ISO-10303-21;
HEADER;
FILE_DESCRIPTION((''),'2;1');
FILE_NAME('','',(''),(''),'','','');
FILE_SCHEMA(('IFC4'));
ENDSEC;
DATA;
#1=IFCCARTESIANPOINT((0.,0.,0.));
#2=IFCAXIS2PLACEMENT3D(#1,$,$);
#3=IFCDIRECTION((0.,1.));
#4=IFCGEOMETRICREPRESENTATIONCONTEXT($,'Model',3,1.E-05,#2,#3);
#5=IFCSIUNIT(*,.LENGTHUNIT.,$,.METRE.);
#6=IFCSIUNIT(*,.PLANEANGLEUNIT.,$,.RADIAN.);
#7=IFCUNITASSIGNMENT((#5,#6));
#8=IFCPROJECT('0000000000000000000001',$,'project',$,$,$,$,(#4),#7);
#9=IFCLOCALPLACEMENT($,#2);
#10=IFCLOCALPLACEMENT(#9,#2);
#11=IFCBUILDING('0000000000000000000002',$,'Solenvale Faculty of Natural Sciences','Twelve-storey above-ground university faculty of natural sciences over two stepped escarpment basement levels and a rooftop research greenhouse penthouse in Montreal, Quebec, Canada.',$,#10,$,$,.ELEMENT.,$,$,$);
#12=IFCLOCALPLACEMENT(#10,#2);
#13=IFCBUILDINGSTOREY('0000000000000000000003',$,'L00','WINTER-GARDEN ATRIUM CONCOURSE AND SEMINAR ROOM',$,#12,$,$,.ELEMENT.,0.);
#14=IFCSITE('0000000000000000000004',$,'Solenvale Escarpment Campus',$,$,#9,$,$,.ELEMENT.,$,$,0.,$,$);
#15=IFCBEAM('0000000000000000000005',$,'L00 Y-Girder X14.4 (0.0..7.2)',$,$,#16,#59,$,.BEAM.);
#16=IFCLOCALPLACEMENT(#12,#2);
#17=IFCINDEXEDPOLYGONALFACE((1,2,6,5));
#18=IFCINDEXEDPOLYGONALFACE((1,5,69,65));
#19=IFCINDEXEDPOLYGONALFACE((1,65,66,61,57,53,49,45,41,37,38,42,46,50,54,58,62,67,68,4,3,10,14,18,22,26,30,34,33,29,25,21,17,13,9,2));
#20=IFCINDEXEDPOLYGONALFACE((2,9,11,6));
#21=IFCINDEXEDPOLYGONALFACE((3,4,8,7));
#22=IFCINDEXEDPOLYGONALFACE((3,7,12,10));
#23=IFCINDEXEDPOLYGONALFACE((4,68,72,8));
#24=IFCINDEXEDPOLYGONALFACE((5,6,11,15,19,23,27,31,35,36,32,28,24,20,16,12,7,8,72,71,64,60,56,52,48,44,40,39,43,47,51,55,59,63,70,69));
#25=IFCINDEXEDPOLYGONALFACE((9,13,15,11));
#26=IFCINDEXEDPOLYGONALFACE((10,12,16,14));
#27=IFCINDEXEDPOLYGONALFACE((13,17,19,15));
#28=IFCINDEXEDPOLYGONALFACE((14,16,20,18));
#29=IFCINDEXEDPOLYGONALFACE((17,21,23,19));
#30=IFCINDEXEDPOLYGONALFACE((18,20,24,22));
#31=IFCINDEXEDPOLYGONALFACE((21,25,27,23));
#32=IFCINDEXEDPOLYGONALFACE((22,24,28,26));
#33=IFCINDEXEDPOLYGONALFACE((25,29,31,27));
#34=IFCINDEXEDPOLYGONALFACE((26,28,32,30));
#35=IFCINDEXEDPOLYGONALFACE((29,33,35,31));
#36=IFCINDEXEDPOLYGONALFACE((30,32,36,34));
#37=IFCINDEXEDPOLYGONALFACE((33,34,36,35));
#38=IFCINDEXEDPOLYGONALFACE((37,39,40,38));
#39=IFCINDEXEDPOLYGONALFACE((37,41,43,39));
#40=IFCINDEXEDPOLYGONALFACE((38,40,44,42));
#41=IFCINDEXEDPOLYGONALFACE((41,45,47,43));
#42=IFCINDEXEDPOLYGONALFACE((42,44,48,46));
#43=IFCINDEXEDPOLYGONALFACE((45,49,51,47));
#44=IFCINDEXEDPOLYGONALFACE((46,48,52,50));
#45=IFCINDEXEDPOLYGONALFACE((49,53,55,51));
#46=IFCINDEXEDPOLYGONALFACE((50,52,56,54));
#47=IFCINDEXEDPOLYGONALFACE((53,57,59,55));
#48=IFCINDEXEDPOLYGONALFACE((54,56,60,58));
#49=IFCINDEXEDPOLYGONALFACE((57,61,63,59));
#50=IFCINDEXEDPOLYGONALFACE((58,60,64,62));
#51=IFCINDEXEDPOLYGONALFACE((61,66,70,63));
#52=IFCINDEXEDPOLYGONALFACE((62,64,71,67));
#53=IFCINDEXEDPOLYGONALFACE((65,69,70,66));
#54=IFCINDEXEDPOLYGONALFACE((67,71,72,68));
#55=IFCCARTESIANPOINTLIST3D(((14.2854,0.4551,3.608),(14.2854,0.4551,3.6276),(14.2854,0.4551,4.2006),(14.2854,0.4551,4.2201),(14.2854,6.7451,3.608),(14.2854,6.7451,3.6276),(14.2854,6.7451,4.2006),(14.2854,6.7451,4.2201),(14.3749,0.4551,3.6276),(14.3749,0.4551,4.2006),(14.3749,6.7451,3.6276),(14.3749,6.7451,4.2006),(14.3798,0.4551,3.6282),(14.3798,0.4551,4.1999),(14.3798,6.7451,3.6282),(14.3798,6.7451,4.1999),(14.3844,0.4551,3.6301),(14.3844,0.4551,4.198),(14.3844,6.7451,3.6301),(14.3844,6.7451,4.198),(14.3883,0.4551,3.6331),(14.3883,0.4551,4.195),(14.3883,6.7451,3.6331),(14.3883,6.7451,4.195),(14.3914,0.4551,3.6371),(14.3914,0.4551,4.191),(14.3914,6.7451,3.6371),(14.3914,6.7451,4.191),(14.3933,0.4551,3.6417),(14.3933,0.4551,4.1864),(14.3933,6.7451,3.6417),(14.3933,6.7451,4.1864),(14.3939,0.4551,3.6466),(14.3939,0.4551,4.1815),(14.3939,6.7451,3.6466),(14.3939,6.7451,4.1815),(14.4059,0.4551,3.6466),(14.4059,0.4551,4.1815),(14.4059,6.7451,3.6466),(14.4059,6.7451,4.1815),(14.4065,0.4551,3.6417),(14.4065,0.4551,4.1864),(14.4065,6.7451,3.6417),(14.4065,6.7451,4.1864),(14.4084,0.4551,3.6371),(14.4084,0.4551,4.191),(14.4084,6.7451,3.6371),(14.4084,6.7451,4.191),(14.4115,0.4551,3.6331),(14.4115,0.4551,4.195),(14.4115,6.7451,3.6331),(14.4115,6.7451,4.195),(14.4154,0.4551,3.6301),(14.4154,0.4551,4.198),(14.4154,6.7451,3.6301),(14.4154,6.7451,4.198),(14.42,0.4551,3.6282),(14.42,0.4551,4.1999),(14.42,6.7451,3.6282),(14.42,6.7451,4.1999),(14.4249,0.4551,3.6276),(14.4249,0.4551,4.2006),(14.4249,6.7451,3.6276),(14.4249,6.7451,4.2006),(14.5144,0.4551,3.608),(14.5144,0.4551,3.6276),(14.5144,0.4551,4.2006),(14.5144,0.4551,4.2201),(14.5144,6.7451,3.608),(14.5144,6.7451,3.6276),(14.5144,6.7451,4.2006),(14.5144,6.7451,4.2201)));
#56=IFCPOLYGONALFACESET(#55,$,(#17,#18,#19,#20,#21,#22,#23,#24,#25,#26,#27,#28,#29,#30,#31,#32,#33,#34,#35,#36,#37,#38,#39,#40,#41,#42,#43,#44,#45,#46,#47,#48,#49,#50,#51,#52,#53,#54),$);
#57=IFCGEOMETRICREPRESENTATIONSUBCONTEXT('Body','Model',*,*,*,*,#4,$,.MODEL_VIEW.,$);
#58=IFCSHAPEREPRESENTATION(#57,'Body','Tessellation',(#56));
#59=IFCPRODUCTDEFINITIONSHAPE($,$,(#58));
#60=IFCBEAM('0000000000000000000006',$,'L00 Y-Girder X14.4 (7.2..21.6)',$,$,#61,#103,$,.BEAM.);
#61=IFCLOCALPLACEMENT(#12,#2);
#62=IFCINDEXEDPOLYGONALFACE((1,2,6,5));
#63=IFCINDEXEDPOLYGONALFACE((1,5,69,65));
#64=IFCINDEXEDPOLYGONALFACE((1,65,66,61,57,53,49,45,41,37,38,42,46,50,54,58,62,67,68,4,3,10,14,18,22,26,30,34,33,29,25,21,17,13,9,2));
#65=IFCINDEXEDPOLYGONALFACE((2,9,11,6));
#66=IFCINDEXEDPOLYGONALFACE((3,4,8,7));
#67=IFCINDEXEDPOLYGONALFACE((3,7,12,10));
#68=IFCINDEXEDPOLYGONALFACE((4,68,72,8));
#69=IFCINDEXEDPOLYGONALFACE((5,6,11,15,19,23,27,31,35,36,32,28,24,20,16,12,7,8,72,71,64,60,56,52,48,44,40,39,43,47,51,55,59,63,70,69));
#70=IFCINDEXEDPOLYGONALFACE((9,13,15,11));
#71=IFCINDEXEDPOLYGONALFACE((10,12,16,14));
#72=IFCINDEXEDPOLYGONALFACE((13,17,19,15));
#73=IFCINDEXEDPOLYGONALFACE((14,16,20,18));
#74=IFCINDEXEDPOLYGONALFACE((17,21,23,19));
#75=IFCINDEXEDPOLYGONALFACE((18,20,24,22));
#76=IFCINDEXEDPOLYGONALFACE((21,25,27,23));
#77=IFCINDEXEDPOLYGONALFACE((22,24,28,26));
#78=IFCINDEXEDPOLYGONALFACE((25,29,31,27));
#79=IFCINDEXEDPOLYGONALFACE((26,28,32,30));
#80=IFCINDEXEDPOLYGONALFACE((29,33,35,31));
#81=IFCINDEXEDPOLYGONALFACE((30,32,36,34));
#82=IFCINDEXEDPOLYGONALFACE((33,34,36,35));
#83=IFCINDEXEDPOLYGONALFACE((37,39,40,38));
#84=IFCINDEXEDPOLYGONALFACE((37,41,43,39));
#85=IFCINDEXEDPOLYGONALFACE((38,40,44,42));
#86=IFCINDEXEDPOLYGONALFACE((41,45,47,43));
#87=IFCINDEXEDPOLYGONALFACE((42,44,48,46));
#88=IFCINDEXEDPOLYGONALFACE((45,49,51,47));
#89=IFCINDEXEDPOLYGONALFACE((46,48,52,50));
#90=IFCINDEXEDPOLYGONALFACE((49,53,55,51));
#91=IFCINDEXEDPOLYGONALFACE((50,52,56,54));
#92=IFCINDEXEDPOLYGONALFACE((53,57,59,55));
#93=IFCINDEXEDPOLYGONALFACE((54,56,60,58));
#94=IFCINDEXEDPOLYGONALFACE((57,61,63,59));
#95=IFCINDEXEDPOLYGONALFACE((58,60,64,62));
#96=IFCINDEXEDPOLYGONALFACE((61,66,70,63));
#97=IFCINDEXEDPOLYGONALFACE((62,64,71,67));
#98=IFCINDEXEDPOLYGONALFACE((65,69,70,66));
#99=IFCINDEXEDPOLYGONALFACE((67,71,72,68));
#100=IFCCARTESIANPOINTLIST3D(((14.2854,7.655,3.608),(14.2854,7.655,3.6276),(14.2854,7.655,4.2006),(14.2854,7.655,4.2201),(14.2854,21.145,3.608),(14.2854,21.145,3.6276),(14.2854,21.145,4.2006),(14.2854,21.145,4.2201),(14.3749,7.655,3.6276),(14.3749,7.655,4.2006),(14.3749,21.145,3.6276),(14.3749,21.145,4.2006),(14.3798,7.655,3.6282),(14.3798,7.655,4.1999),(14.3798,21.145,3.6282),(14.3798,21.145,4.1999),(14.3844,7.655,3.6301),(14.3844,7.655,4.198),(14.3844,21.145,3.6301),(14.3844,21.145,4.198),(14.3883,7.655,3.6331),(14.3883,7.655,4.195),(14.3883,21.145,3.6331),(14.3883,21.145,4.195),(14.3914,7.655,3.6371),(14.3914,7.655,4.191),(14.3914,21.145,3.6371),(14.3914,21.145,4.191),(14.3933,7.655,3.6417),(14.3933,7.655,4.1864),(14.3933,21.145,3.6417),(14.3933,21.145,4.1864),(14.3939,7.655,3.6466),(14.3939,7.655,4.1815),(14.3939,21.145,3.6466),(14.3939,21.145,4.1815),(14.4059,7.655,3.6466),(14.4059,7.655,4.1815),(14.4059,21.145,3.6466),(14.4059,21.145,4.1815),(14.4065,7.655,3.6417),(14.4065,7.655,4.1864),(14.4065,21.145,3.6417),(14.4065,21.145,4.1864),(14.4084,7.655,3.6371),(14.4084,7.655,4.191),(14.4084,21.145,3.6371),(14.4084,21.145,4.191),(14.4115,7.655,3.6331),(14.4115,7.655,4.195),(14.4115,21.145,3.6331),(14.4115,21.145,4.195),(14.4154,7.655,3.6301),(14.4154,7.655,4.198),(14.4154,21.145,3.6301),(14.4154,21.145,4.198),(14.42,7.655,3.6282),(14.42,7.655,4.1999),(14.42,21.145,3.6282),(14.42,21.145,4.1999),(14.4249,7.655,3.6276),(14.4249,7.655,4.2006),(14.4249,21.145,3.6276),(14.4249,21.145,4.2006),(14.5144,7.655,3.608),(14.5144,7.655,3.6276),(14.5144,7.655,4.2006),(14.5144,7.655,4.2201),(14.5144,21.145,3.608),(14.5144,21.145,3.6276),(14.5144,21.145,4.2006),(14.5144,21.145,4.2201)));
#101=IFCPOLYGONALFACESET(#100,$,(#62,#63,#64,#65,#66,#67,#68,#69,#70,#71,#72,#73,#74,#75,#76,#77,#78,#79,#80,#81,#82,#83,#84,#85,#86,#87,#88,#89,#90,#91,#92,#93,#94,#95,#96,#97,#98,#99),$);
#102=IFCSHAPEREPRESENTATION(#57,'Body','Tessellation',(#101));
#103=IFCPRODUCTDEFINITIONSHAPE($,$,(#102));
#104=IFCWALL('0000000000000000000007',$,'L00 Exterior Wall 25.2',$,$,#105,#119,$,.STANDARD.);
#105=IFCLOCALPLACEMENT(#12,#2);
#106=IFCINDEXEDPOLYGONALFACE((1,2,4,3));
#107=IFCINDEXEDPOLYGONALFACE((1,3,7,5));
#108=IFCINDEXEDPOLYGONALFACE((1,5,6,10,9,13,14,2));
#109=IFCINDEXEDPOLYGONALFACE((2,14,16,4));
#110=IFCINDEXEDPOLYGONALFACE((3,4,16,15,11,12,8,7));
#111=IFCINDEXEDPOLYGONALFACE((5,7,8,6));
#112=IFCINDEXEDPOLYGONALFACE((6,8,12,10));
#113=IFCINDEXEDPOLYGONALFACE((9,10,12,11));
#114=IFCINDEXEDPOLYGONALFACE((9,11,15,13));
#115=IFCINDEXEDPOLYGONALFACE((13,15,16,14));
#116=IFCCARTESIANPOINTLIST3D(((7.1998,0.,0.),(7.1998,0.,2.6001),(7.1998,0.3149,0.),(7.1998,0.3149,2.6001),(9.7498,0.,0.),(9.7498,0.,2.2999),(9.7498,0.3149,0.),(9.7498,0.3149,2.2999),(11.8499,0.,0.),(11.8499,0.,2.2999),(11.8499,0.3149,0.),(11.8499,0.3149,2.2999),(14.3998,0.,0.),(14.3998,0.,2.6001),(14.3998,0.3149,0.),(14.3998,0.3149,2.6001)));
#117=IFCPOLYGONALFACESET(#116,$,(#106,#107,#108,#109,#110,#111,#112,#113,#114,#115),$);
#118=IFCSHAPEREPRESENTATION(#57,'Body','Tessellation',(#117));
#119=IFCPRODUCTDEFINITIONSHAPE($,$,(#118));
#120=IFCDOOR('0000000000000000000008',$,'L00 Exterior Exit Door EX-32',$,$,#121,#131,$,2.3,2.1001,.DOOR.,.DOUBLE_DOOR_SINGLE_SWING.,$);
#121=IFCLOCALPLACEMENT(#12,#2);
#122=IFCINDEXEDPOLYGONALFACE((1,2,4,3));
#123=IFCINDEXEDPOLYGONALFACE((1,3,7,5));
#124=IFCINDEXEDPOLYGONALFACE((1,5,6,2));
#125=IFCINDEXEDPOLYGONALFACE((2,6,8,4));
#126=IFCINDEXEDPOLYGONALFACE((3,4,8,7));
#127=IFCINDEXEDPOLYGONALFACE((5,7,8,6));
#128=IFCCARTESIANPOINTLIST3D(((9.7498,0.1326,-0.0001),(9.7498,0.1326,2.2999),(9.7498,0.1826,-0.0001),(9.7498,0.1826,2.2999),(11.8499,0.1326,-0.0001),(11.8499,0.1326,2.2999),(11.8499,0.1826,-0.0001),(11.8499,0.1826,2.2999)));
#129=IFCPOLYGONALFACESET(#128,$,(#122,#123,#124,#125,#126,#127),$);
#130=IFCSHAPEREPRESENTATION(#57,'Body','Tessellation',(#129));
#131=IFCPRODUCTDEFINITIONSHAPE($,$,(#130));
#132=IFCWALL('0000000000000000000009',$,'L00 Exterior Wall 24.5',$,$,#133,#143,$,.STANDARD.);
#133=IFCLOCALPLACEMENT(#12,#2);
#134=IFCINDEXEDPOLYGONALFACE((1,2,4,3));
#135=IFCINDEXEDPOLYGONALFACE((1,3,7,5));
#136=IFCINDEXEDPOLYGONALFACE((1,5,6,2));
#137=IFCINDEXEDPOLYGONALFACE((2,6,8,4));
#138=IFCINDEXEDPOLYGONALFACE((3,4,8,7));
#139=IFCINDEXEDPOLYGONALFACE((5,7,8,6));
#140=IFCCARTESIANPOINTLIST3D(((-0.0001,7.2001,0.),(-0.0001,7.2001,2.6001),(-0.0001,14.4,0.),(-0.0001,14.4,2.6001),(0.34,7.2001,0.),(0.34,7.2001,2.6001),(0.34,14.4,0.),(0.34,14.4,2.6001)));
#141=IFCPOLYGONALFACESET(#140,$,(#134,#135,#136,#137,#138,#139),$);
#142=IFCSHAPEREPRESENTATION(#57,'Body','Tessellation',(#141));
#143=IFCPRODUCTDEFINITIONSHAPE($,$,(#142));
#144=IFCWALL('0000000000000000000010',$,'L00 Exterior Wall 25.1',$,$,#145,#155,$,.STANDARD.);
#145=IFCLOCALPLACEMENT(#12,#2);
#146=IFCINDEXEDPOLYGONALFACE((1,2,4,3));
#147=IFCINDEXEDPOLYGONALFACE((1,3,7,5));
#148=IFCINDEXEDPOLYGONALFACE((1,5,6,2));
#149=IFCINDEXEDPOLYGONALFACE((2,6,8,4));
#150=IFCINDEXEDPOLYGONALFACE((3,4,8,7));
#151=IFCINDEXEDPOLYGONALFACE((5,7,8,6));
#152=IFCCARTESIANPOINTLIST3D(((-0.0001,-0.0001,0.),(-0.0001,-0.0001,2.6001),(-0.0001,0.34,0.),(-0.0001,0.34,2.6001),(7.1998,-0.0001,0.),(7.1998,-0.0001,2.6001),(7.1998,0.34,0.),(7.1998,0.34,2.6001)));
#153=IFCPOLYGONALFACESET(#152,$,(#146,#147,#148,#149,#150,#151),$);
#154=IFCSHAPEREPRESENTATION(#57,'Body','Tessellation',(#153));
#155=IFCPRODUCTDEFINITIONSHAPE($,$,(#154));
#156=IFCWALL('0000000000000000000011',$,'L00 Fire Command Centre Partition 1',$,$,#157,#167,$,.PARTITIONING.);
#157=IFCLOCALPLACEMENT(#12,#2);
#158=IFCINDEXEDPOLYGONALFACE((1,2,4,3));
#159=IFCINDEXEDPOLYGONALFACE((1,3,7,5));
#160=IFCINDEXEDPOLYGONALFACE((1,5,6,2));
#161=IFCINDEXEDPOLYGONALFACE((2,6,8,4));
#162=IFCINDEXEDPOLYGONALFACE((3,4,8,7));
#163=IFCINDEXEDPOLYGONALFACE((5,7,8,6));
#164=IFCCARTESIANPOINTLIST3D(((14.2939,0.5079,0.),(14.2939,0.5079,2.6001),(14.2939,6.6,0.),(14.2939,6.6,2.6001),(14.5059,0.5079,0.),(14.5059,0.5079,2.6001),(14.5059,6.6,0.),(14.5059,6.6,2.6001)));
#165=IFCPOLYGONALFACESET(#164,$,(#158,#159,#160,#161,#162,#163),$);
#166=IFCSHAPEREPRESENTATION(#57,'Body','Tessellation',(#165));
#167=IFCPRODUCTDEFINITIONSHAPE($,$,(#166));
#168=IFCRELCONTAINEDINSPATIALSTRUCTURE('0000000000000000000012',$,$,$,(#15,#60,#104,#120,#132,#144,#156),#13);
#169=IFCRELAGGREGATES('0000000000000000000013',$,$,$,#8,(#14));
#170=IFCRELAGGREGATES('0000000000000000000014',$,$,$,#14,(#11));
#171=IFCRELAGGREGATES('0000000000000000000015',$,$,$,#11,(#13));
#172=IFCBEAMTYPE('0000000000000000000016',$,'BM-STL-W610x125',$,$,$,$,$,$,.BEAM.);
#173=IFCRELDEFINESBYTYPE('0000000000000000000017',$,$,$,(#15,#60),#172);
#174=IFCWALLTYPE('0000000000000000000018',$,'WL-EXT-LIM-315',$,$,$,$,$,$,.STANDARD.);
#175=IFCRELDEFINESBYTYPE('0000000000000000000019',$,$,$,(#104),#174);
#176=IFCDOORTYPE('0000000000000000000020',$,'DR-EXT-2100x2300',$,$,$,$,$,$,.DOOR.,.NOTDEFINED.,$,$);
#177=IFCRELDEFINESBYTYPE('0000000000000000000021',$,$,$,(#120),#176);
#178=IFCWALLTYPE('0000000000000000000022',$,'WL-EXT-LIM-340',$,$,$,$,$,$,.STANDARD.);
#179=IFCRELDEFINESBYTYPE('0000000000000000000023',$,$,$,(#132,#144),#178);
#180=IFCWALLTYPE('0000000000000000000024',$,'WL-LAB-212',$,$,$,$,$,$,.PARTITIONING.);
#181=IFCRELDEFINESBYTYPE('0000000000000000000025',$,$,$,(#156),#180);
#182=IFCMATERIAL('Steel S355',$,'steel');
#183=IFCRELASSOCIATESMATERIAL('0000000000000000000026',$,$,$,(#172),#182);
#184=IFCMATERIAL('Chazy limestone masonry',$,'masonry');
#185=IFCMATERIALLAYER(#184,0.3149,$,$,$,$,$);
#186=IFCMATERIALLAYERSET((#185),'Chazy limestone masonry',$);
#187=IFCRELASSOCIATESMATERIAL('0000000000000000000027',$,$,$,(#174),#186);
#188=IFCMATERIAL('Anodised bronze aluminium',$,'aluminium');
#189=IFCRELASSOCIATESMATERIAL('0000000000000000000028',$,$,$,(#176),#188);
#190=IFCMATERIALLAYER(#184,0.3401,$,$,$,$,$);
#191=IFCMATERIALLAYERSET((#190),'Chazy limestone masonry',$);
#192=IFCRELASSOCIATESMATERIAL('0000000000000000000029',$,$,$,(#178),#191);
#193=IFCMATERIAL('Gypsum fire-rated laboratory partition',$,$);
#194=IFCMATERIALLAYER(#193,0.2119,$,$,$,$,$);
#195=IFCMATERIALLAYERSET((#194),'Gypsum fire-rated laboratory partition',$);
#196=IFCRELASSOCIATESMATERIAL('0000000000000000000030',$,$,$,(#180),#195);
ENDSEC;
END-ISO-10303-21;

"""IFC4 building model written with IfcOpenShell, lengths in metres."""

from ifc_helpers import new_model, si_unit, direction, frame, frame_2d, origin, origin_2d, place, context, subcontext, project, spatial, rectangle, i_section, extrude, material, layer, layer_set, material_profile, profile_set, type_object, element, fill, save


model = new_model("IFC4")

# Units and contexts
model_context = context("Model", 3, precision=1e-05, world=origin(), true_north=direction((0.0, 1.0)))
body_context = subcontext(model_context, "Body", "Model", "MODEL_VIEW")
ifc_project = project(units=[si_unit("LENGTHUNIT", "METRE"), si_unit("PLANEANGLEUNIT", "RADIAN")], contexts=[model_context])

# Site, building, storey
site_placement = place(None, origin())
site = spatial("IfcSite", under=ifc_project, at=site_placement, Name="Solenvale Escarpment Campus", CompositionType="ELEMENT", RefElevation=0.0)
building_placement = place(site_placement, origin())
building = spatial("IfcBuilding", under=site, at=building_placement, Name="Solenvale Faculty of Natural Sciences", Description="Twelve-storey above-ground university faculty of natural sciences over two stepped escarpment basement levels and a rooftop research greenhouse penthouse in Montreal, Quebec, Canada.", CompositionType="ELEMENT")
storey_placement = place(building_placement, origin())
storey = spatial("IfcBuildingStorey", under=building, at=storey_placement, Name="L00", Description="WINTER-GARDEN ATRIUM CONCOURSE AND SEMINAR ROOM", CompositionType="ELEMENT", Elevation=0.0)

# Beams
ifc_material_1 = material(Name="Steel S355", Category="steel")
ifc_material_profile_1 = material_profile(ifc_material_1, i_section(OverallWidth=0.229, OverallDepth=0.6121, WebThickness=0.012, FlangeThickness=0.0195, FilletRadius=0.019, at=origin_2d()), Name="W610x125")
ifc_profile_set_1 = profile_set([ifc_material_profile_1], Name="Steel S355")
beam_type_1 = type_object("IfcBeamType", Name="BM-STL-W610x125", PredefinedType="BEAM", material=ifc_profile_set_1)
beam_1_placement = place(storey_placement, frame((14.3999, 0.4551, 3.9141), z_axis=(0.0, 1.0, 0.0), x_axis=(-1.0, 0.0, 0.0)))
element("IfcBeam", 1, at=beam_1_placement, inside=storey, type_object=beam_type_1, Name="L00 Y-Girder X14.4 (0.0..7.2)", PredefinedType="BEAM", context=body_context, shape_type="SweptSolid", body=[
    extrude(i_section(OverallWidth=0.229, OverallDepth=0.6121, WebThickness=0.012, FlangeThickness=0.0195, FilletRadius=0.019, at=origin_2d()), origin(), (0.0, 0.0, 1.0), 6.29),
])
beam_2_placement = place(storey_placement, frame((14.3999, 7.655, 3.9141), z_axis=(0.0, 1.0, 0.0), x_axis=(-1.0, 0.0, 0.0)))
element("IfcBeam", 2, at=beam_2_placement, inside=storey, type_object=beam_type_1, Name="L00 Y-Girder X14.4 (7.2..21.6)", PredefinedType="BEAM", context=body_context, shape_type="SweptSolid", body=[
    extrude(i_section(OverallWidth=0.229, OverallDepth=0.6121, WebThickness=0.012, FlangeThickness=0.0195, FilletRadius=0.019, at=origin_2d()), origin(), (0.0, 0.0, 1.0), 13.49),
])

# Wall, opening, door
ifc_material_2 = material(Name="Chazy limestone masonry", Category="masonry")
ifc_layer_1 = layer(ifc_material_2, 0.3149)
ifc_layer_set_1 = layer_set([ifc_layer_1], Name="Chazy limestone masonry")
wall_type_1 = type_object("IfcWallType", Name="WL-EXT-LIM-315", PredefinedType="STANDARD", material=ifc_layer_set_1)
wall_1_placement = place(storey_placement, frame((14.3999, 0.1575, 0.0), z_axis=(0.0, 0.0, 1.0), x_axis=(-1.0, 0.0, 0.0)))
wall_1 = element("IfcWall", 3, at=wall_1_placement, inside=storey, type_object=wall_type_1, Name="L00 Exterior Wall 25.2", PredefinedType="STANDARD", context=body_context, shape_type="SweptSolid", body=[
    extrude(rectangle(XDim=7.2, YDim=0.3149, at=frame_2d((3.6001, 0.0))), origin(), (0.0, 0.0, 1.0), 2.6001),
])
opening_placement = place(wall_1_placement, frame((2.55, 0.0, 0.0)))
opening = element("IfcOpeningElement", 4, at=opening_placement, cuts=wall_1, PredefinedType="OPENING", context=body_context, shape_type="SweptSolid", body=[
    extrude(rectangle(XDim=2.1001, YDim=2.3, at=frame_2d((1.05, 1.1499))), frame((0.0, 0.1675, 0.0), z_axis=(0.0, -1.0, 0.0), x_axis=(1.0, 0.0, 0.0)), (0.0, 0.0, 1.0), 0.335),
])
ifc_material_3 = material(Name="Anodised bronze aluminium", Category="aluminium")
door_type = type_object("IfcDoorType", Name="DR-EXT-2100x2300", OperationType="NOTDEFINED", PredefinedType="DOOR", material=ifc_material_3)
door_placement = place(opening_placement, origin())
door = element("IfcDoor", 5, at=door_placement, inside=storey, type_object=door_type, Name="L00 Exterior Exit Door EX-32", OperationType="DOUBLE_DOOR_SINGLE_SWING", OverallHeight=2.3, OverallWidth=2.1001, PredefinedType="DOOR", context=body_context, shape_type="SweptSolid", body=[
    extrude(rectangle(XDim=2.1001, YDim=2.3, at=frame_2d((1.05, 1.1499))), frame((0.0, 0.0249, 0.0), z_axis=(0.0, -1.0, 0.0), x_axis=(1.0, 0.0, 0.0)), (0.0, 0.0, 1.0), 0.05),
])
fill(opening, door)

# Walls
ifc_layer_2 = layer(ifc_material_2, 0.3401)
ifc_layer_set_2 = layer_set([ifc_layer_2], Name="Chazy limestone masonry")
wall_type_2 = type_object("IfcWallType", Name="WL-EXT-LIM-340", PredefinedType="STANDARD", material=ifc_layer_set_2)
for number, where, z_axis, x_axis, name in (
    (6, (0.1699, 7.2, 0.0), (0.0, 0.0, 1.0), (0.0, 1.0, 0.0), "L00 Exterior Wall 24.5"),
    (7, (7.2, 0.1699, 0.0), (0.0, 0.0, 1.0), (-1.0, 0.0, 0.0), "L00 Exterior Wall 25.1"),
):
    element("IfcWall", number, at=place(storey_placement, frame(where, z_axis=z_axis, x_axis=x_axis)), inside=storey, type_object=wall_type_2, Name=name, PredefinedType="STANDARD", context=body_context, shape_type="SweptSolid", body=[
        extrude(rectangle(XDim=7.2, YDim=0.3401, at=frame_2d((3.6001, 0.0))), origin(), (0.0, 0.0, 1.0), 2.6001),
    ])
ifc_material_4 = material(Name="Gypsum fire-rated laboratory partition")
ifc_layer_3 = layer(ifc_material_4, 0.2119)
ifc_layer_set_3 = layer_set([ifc_layer_3], Name="Gypsum fire-rated laboratory partition")
wall_type_3 = type_object("IfcWallType", Name="WL-LAB-212", PredefinedType="PARTITIONING", material=ifc_layer_set_3)
wall_2_placement = place(storey_placement, frame((14.3999, 0.5081, 0.0), z_axis=(0.0, 0.0, 1.0), x_axis=(0.0, 1.0, 0.0)))
element("IfcWall", 8, at=wall_2_placement, inside=storey, type_object=wall_type_3, Name="L00 Fire Command Centre Partition 1", PredefinedType="PARTITIONING", context=body_context, shape_type="SweptSolid", body=[
    extrude(rectangle(XDim=6.092, YDim=0.2119, at=frame_2d((3.0459, 0.0))), origin(), (0.0, 0.0, 1.0), 2.6001),
])

save(model, "model.ifc")
